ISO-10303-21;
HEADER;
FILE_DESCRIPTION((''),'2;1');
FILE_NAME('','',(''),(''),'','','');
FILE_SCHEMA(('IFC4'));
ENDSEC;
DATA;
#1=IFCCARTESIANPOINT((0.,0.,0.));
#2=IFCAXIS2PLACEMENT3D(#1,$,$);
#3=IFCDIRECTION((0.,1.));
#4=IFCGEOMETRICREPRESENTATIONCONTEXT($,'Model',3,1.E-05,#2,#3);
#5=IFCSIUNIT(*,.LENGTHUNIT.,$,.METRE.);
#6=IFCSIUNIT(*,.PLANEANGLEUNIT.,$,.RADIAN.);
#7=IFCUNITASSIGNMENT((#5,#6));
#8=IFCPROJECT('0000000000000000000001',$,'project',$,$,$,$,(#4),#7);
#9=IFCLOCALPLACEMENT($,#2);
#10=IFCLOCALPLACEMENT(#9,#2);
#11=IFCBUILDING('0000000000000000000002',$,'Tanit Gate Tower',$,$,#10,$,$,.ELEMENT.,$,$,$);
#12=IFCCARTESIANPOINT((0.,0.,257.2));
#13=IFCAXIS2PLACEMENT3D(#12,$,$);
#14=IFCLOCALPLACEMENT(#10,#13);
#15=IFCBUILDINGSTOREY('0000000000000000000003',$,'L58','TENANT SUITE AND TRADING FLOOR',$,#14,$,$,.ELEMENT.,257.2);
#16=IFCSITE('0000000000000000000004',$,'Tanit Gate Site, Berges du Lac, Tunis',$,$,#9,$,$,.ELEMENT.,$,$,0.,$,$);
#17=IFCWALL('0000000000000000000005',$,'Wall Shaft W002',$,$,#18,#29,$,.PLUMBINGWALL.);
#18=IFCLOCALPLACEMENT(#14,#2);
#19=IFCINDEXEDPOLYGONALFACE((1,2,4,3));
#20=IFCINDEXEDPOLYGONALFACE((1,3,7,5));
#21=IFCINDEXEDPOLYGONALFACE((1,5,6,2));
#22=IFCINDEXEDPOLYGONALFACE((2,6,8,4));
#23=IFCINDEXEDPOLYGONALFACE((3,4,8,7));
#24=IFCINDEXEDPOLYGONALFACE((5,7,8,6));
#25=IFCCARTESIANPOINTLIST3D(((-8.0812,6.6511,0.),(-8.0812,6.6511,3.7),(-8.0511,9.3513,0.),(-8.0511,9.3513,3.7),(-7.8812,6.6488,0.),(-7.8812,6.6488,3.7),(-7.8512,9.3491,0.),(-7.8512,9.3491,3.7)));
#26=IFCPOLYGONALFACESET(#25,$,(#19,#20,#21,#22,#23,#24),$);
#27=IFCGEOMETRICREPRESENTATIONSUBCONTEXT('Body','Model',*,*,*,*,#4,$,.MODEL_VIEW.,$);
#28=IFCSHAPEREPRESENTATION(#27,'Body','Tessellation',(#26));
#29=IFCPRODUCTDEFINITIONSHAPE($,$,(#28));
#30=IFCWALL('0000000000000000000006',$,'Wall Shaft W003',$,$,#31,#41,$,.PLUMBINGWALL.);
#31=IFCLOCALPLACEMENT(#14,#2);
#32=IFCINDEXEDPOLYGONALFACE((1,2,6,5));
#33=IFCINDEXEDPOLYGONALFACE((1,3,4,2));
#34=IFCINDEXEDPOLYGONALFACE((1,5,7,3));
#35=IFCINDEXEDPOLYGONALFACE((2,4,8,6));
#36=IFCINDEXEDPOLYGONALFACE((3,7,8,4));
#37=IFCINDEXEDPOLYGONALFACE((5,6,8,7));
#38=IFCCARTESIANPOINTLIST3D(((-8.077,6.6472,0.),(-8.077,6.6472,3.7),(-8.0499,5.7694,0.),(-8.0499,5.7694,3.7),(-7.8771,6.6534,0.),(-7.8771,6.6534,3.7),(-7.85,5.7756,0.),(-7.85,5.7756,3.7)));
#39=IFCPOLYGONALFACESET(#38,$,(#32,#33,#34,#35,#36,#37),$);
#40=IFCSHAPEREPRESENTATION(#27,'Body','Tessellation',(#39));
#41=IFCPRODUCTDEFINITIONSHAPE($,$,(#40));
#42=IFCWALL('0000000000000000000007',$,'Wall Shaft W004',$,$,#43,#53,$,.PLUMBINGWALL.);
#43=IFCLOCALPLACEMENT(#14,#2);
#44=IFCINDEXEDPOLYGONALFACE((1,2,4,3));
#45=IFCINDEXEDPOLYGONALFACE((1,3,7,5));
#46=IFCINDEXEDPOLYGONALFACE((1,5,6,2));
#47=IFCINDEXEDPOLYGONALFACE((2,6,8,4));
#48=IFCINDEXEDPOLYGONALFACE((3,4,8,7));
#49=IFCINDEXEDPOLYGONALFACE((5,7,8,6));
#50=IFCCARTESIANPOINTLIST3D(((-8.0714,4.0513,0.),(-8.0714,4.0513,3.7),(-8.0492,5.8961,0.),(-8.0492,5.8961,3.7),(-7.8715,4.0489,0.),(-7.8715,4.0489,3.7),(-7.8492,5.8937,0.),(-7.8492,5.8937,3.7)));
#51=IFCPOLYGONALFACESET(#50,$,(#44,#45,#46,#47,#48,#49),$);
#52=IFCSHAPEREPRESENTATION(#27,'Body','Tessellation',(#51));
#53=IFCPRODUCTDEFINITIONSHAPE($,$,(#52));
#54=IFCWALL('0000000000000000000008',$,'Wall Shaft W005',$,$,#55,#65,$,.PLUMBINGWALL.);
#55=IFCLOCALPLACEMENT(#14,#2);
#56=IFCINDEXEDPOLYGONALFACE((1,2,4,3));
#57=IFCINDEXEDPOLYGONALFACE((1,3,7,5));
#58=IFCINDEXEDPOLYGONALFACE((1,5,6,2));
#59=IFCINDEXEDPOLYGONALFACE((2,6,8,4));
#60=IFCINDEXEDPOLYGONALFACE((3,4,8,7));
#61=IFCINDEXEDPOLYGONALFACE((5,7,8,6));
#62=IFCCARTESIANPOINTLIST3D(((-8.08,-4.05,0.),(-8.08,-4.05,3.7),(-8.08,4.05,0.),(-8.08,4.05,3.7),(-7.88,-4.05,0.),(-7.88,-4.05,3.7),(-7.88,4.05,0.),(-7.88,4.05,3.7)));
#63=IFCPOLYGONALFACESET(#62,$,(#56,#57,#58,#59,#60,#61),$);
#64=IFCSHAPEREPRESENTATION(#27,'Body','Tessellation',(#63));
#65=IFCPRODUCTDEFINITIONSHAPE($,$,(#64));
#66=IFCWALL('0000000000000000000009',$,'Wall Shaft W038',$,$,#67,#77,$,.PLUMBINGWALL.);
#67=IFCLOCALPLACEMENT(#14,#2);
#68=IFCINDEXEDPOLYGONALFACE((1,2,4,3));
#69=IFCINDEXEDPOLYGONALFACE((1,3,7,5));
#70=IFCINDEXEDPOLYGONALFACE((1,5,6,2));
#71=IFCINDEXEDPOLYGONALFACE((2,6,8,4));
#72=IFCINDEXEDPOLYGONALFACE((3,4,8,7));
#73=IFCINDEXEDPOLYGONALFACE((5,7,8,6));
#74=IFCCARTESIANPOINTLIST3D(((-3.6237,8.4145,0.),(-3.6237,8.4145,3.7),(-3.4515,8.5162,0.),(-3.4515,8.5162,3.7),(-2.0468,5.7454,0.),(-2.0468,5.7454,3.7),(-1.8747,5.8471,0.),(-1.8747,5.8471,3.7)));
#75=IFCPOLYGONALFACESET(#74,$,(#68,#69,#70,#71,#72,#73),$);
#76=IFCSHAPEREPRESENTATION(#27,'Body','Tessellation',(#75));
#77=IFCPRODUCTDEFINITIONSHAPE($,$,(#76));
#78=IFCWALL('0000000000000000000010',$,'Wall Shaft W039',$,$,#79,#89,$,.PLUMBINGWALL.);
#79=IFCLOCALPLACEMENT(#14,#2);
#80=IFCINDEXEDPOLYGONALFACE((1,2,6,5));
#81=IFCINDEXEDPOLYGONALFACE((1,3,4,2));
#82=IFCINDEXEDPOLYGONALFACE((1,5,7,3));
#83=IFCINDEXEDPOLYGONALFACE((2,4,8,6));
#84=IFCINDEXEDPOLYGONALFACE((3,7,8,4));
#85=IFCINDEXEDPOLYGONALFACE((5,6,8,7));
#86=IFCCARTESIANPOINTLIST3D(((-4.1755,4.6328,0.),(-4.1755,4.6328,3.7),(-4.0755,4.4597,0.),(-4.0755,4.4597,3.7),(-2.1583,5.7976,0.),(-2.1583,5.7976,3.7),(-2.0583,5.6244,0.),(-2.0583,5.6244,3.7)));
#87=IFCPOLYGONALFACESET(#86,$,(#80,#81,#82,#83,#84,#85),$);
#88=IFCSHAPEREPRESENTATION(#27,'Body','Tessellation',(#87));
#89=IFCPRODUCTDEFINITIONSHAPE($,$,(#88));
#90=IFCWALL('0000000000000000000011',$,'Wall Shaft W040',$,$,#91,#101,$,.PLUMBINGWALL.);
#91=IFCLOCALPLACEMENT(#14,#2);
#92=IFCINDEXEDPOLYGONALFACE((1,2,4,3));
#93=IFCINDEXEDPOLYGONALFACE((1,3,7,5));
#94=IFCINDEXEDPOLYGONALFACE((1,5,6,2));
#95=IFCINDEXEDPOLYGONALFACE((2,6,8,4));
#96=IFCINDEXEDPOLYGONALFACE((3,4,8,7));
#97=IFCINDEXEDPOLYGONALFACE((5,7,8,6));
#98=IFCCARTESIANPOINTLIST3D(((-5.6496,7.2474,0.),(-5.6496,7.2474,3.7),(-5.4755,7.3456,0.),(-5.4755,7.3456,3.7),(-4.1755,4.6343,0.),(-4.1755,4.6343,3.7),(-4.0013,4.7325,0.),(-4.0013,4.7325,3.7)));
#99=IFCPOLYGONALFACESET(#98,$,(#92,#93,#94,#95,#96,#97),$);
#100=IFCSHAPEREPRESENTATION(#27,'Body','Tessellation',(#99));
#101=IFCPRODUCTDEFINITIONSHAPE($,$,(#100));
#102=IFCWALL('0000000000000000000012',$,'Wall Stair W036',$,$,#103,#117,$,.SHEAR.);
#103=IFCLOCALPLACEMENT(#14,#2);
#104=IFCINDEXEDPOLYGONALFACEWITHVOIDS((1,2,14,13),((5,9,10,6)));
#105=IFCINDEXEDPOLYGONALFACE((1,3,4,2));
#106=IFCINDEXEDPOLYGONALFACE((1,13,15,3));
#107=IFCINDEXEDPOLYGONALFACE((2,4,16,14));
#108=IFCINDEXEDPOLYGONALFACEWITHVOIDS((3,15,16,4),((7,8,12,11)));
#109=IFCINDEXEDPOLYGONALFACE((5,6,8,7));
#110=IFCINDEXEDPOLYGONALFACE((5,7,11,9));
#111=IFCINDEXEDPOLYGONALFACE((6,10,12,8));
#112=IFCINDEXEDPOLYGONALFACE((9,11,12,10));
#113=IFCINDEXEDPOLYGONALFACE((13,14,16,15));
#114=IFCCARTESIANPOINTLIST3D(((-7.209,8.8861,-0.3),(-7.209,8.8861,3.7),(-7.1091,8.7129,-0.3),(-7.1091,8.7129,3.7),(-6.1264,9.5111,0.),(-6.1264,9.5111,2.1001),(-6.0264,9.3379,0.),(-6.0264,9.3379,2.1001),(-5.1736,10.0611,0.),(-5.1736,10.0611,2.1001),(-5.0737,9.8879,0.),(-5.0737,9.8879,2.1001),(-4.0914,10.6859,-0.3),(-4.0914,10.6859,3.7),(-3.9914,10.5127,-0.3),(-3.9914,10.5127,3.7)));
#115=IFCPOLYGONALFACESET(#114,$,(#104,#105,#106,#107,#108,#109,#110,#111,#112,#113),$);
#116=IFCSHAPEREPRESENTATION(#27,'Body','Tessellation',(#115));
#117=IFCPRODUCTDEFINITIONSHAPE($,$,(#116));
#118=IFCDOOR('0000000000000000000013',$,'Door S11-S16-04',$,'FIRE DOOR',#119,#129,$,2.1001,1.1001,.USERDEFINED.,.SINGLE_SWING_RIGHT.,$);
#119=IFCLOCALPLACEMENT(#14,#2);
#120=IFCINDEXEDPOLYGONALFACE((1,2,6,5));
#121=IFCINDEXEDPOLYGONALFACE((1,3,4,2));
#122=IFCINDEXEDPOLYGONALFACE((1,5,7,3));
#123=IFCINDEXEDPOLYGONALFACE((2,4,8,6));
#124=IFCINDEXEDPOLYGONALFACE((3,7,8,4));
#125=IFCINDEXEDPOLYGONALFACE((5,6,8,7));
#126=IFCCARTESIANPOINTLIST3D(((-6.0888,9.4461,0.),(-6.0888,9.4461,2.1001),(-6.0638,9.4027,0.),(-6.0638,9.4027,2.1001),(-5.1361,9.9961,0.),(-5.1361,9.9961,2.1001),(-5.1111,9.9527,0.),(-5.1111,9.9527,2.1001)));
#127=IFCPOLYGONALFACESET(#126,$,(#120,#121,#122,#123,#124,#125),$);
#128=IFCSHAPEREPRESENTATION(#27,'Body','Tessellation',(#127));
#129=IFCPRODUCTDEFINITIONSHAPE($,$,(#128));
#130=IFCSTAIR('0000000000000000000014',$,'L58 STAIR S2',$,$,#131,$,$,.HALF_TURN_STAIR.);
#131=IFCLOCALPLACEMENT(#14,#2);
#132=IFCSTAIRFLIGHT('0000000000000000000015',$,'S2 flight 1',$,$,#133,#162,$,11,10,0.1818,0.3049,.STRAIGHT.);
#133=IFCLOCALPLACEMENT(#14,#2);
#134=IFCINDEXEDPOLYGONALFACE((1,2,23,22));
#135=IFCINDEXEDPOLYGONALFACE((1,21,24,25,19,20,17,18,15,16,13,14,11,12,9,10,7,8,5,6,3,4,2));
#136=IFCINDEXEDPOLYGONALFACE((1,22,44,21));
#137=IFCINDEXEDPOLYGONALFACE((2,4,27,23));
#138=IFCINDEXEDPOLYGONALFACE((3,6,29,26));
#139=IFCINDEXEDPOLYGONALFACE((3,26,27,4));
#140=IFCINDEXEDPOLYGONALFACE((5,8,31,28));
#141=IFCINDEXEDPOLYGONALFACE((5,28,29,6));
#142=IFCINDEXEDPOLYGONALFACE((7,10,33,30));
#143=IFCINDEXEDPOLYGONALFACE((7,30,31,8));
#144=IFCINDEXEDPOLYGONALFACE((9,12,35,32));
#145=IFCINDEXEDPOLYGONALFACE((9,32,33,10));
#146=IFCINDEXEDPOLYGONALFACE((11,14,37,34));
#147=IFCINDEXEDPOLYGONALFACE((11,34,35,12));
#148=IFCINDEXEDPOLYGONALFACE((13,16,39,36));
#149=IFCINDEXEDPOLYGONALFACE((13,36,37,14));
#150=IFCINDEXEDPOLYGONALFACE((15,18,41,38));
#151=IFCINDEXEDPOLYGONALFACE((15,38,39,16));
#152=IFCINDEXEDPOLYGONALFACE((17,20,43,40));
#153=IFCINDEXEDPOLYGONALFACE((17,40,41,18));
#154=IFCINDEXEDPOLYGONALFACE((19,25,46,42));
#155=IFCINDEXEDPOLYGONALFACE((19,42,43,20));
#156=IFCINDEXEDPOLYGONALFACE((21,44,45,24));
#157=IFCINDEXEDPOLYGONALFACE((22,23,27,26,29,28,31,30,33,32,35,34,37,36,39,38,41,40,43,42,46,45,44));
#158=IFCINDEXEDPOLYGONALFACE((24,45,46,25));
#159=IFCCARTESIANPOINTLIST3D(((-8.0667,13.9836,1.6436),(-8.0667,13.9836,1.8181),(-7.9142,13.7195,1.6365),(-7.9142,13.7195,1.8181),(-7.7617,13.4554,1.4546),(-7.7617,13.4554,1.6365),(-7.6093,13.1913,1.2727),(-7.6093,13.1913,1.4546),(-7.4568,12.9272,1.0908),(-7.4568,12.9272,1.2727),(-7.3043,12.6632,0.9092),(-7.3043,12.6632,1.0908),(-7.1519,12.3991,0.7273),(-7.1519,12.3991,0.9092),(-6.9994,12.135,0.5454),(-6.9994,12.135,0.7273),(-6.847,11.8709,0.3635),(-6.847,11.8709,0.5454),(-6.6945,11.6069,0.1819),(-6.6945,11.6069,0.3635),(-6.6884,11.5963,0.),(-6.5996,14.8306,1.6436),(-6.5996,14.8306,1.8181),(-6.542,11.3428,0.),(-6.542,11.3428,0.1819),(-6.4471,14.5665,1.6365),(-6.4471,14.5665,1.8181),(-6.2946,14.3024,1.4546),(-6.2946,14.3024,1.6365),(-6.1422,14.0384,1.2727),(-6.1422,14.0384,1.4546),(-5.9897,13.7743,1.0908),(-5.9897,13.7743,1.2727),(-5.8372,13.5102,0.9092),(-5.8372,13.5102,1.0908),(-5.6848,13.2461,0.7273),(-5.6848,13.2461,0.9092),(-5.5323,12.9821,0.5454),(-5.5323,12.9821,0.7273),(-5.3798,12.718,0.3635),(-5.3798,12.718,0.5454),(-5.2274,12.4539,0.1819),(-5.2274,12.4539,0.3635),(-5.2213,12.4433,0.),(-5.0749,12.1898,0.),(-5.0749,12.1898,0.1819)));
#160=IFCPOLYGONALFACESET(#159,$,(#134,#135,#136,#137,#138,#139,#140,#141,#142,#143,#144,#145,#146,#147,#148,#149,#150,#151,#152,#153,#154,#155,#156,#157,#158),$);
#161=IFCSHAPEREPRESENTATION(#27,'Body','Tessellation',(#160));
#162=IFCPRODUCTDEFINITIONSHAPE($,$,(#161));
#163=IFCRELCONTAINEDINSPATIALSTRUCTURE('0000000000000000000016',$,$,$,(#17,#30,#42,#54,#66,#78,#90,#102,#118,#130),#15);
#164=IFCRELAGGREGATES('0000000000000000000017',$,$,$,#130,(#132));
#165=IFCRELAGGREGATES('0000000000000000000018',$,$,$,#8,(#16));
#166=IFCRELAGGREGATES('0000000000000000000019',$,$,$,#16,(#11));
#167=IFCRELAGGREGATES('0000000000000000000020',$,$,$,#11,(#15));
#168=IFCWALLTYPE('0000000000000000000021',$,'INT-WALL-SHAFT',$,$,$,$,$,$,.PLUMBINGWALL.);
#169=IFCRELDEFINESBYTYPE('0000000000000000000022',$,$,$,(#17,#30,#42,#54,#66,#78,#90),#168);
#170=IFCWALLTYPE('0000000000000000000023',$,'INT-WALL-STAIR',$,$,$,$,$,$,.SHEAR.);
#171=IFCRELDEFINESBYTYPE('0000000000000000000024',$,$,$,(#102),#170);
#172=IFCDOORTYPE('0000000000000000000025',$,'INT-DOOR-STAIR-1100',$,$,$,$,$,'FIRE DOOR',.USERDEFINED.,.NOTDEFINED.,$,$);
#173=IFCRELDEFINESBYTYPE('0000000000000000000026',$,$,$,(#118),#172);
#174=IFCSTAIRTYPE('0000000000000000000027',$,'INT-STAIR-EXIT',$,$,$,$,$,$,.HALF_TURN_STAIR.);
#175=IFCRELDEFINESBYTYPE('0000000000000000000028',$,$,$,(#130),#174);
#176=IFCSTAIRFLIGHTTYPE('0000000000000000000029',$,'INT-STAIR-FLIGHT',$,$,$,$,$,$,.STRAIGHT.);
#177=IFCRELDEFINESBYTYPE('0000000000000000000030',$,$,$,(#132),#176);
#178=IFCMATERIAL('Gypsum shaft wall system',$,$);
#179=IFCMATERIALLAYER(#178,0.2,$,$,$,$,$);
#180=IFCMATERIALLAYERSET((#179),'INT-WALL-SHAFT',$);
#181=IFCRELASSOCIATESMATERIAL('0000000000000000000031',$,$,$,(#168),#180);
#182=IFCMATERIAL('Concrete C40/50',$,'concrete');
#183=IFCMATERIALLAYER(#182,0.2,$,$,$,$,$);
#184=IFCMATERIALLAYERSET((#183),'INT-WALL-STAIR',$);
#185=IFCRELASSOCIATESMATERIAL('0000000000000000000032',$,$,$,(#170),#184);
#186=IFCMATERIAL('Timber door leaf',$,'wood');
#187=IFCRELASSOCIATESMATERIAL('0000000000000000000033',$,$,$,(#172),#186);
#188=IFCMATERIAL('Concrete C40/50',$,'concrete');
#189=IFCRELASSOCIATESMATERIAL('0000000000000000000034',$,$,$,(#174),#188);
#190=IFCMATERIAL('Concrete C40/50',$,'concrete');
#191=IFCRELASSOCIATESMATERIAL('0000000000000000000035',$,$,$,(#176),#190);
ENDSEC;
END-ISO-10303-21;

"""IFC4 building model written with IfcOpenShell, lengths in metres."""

from ifc_helpers import new_model, si_unit, direction, frame, frame_2d, origin, place, context, subcontext, project, spatial, polyline, rectangle, outline, extrude, material, layer, layer_set, type_object, element, fill, aggregate, save


model = new_model("IFC4")

# Units and contexts
model_context = context("Model", 3, precision=1e-05, world=origin(), true_north=direction((0.0, 1.0)))
body_context = subcontext(model_context, "Body", "Model", "MODEL_VIEW")
ifc_project = project(units=[si_unit("LENGTHUNIT", "METRE"), si_unit("PLANEANGLEUNIT", "RADIAN")], contexts=[model_context])

# Site, building, storey
site_placement = place(None, origin())
site = spatial("IfcSite", under=ifc_project, at=site_placement, Name="Tanit Gate Site, Berges du Lac, Tunis", CompositionType="ELEMENT", RefElevation=0.0)
building_placement = place(site_placement, origin())
building = spatial("IfcBuilding", under=site, at=building_placement, Name="Tanit Gate Tower", CompositionType="ELEMENT")
storey_placement = place(building_placement, frame((0.0, 0.0, 257.2)))
storey = spatial("IfcBuildingStorey", under=building, at=storey_placement, Name="L58", Description="TENANT SUITE AND TRADING FLOOR", CompositionType="ELEMENT", Elevation=257.2)

# Walls
ifc_material_1 = material(Name="Gypsum shaft wall system")
ifc_layer_1 = layer(ifc_material_1, 0.2)
ifc_layer_set_1 = layer_set([ifc_layer_1], Name="INT-WALL-SHAFT")
wall_type_1 = type_object("IfcWallType", Name="INT-WALL-SHAFT", PredefinedType="PLUMBINGWALL", material=ifc_layer_set_1)
wall_1_placement = place(storey_placement, frame((-7.9512, 9.3501, 0.0), z_axis=(0.0, 0.0, 1.0), x_axis=(-0.01112, -0.999938, 0.0)))
element("IfcWall", 1, at=wall_1_placement, inside=storey, type_object=wall_type_1, Name="Wall Shaft W002", PredefinedType="PLUMBINGWALL", context=body_context, shape_type="SweptSolid", body=[
    extrude(rectangle(XDim=2.7004, YDim=0.2, at=frame_2d((1.3501, 0.0))), origin(), (0.0, 0.0, 1.0), 3.7),
])
wall_2_placement = place(storey_placement, frame((-7.9771, 6.6501, 0.0), z_axis=(0.0, 0.0, 1.0), x_axis=(0.030862, -0.999524, 0.0)))
element("IfcWall", 2, at=wall_2_placement, inside=storey, type_object=wall_type_1, Name="Wall Shaft W003", PredefinedType="PLUMBINGWALL", context=body_context, shape_type="SweptSolid", body=[
    extrude(rectangle(XDim=0.8782, YDim=0.2, at=frame_2d((0.439, 0.0))), origin(), (0.0, 0.0, 1.0), 3.7),
])
wall_3_placement = place(storey_placement, frame((-7.9492, 5.8948, 0.0), z_axis=(0.0, 0.0, 1.0), x_axis=(-0.012043, -0.999927, 0.0)))
element("IfcWall", 3, at=wall_3_placement, inside=storey, type_object=wall_type_1, Name="Wall Shaft W004", PredefinedType="PLUMBINGWALL", context=body_context, shape_type="SweptSolid", body=[
    extrude(rectangle(XDim=1.845, YDim=0.2, at=frame_2d((0.9224, 0.0))), origin(), (0.0, 0.0, 1.0), 3.7),
])
wall_4_placement = place(storey_placement, frame((-7.98, 4.05, 0.0), z_axis=(0.0, 0.0, 1.0), x_axis=(0.0, -1.0, 0.0)))
element("IfcWall", 4, at=wall_4_placement, inside=storey, type_object=wall_type_1, Name="Wall Shaft W005", PredefinedType="PLUMBINGWALL", context=body_context, shape_type="SweptSolid", body=[
    extrude(rectangle(XDim=8.1001, YDim=0.2, at=frame_2d((4.05, 0.0))), origin(), (0.0, 0.0, 1.0), 3.7),
])

# Walls
wall_5_placement = place(storey_placement, frame((-3.5376, 8.4653, 0.0), z_axis=(0.0, 0.0, 1.0), x_axis=(0.508647, -0.860975, 0.0)))
element("IfcWall", 5, at=wall_5_placement, inside=storey, type_object=wall_type_1, Name="Wall Shaft W038", PredefinedType="PLUMBINGWALL", context=body_context, shape_type="SweptSolid", body=[
    extrude(rectangle(XDim=3.1001, YDim=0.2, at=frame_2d((1.55, 0.0))), origin(), (0.0, 0.0, 1.0), 3.7),
])
wall_6_placement = place(storey_placement, frame((-2.1084, 5.7109, 0.0), z_axis=(0.0, 0.0, 1.0), x_axis=(-0.866009, -0.500028, 0.0)))
element("IfcWall", 6, at=wall_6_placement, inside=storey, type_object=wall_type_1, Name="Wall Shaft W039", PredefinedType="PLUMBINGWALL", context=body_context, shape_type="SweptSolid", body=[
    extrude(rectangle(XDim=2.3293, YDim=0.2, at=frame_2d((1.1646, 0.0))), origin(), (0.0, 0.0, 1.0), 3.7),
])
wall_7_placement = place(storey_placement, frame((-5.5625, 7.2964, 0.0), z_axis=(0.0, 0.0, 1.0), x_axis=(0.491347, -0.870964, 0.0)))
element("IfcWall", 7, at=wall_7_placement, inside=storey, type_object=wall_type_1, Name="Wall Shaft W040", PredefinedType="PLUMBINGWALL", context=body_context, shape_type="SweptSolid", body=[
    extrude(rectangle(XDim=3.0002, YDim=0.2, at=frame_2d((1.5, 0.0))), origin(), (0.0, 0.0, 1.0), 3.7),
])

# Wall, opening, door
ifc_material_2 = material(Name="Concrete C40/50", Category="concrete")
ifc_layer_2 = layer(ifc_material_2, 0.2)
ifc_layer_set_2 = layer_set([ifc_layer_2], Name="INT-WALL-STAIR")
wall_type_2 = type_object("IfcWallType", Name="INT-WALL-STAIR", PredefinedType="SHEAR", material=ifc_layer_set_2)
wall_8_placement = place(storey_placement, frame((-7.1589, 8.7996, -0.3), z_axis=(0.0, 0.0, 1.0), x_axis=(0.866048, 0.499961, 0.0)))
wall_8 = element("IfcWall", 8, at=wall_8_placement, inside=storey, type_object=wall_type_2, Name="Wall Stair W036", PredefinedType="SHEAR", context=body_context, shape_type="SweptSolid", body=[
    extrude(rectangle(XDim=3.5999, YDim=0.2, at=frame_2d((1.7998, 0.0))), origin(), (0.0, 0.0, 1.0), 4.0),
])
opening_1_placement = place(wall_8_placement, frame((1.25, 0.0, 0.3)))
opening_1 = element("IfcOpeningElement", 9, at=opening_1_placement, cuts=wall_8, PredefinedType="OPENING", context=body_context, shape_type="SweptSolid", body=[
    extrude(rectangle(XDim=1.1001, YDim=2.1001, at=frame_2d((0.55, 1.05))), frame((0.0, 0.1099, 0.0), z_axis=(0.0, -1.0, 0.0), x_axis=(1.0, 0.0, 0.0)), (0.0, 0.0, 1.0), 0.22),
])
ifc_material_3 = material(Name="Timber door leaf", Category="wood")
door_type_1 = type_object("IfcDoorType", Name="INT-DOOR-STAIR-1100", ElementType="FIRE DOOR", OperationType="NOTDEFINED", PredefinedType="USERDEFINED", material=ifc_material_3)
door_1_placement = place(opening_1_placement, origin())
door_1 = element("IfcDoor", 10, at=door_1_placement, inside=storey, type_object=door_type_1, Name="Door S11-S16-04", ObjectType="FIRE DOOR", OperationType="SINGLE_SWING_RIGHT", OverallHeight=2.1001, OverallWidth=1.1001, PredefinedType="USERDEFINED", context=body_context, shape_type="SweptSolid", body=[
    extrude(rectangle(XDim=1.1001, YDim=2.1001, at=frame_2d((0.55, 1.05))), frame((0.0, 0.0249, 0.0), z_axis=(0.0, -1.0, 0.0), x_axis=(1.0, 0.0, 0.0)), (0.0, 0.0, 1.0), 0.05),
])
fill(opening_1, door_1)

# Stair, stair flight
ifc_material_4 = material(Name="Concrete C40/50", Category="concrete")
stair_type = type_object("IfcStairType", Name="INT-STAIR-EXIT", PredefinedType="HALF_TURN_STAIR", material=ifc_material_4)
stair_placement = place(storey_placement, origin())
stair = element("IfcStair", 11, at=stair_placement, inside=storey, type_object=stair_type, Name="L58 STAIR S2", PredefinedType="HALF_TURN_STAIR")
ifc_material_5 = material(Name="Concrete C40/50", Category="concrete")
stair_flight_type = type_object("IfcStairFlightType", Name="INT-STAIR-FLIGHT", PredefinedType="STRAIGHT", material=ifc_material_5)
stair_flight_placement = place(storey_placement, frame((-5.8083, 11.7664, 0.0), z_axis=(0.0, 0.0, 1.0), x_axis=(-0.5, 0.866025, 0.0)))
stair_flight = element("IfcStairFlight", 12, at=stair_flight_placement, type_object=stair_flight_type, Name="S2 flight 1", NumberOfRisers=11, NumberOfTreads=10, PredefinedType="STRAIGHT", RiserHeight=0.1818, TreadLength=0.3049, context=body_context, shape_type="SweptSolid", body=[
    extrude(outline(polyline([(0.0, 0.0), (0.0, 0.1819), (0.3049, 0.1819), (0.3049, 0.3635), (0.6099, 0.3635), (0.6099, 0.5454), (0.9148, 0.5454), (0.9148, 0.7273), (1.2197, 0.7273), (1.2197, 0.9092), (1.5247, 0.9092), (1.5247, 1.0908), (1.8296, 1.0908), (1.8296, 1.2727), (2.1345, 1.2727), (2.1345, 1.4546), (2.4395, 1.4546), (2.4395, 1.6365), (2.7444, 1.6365), (2.7444, 1.8181), (3.0493, 1.8181), (3.0493, 2.0), (3.0493, 1.6436), (0.2927, 0.0), (0.0, 0.0)])), frame((0.0, 0.8472, 0.0), z_axis=(0.0, -1.0, 0.0), x_axis=(1.0, 0.0, 0.0)), (0.0, 0.0, 1.0), 1.6941),
])
aggregate(stair, [stair_flight])

save(model, "model.ifc")
